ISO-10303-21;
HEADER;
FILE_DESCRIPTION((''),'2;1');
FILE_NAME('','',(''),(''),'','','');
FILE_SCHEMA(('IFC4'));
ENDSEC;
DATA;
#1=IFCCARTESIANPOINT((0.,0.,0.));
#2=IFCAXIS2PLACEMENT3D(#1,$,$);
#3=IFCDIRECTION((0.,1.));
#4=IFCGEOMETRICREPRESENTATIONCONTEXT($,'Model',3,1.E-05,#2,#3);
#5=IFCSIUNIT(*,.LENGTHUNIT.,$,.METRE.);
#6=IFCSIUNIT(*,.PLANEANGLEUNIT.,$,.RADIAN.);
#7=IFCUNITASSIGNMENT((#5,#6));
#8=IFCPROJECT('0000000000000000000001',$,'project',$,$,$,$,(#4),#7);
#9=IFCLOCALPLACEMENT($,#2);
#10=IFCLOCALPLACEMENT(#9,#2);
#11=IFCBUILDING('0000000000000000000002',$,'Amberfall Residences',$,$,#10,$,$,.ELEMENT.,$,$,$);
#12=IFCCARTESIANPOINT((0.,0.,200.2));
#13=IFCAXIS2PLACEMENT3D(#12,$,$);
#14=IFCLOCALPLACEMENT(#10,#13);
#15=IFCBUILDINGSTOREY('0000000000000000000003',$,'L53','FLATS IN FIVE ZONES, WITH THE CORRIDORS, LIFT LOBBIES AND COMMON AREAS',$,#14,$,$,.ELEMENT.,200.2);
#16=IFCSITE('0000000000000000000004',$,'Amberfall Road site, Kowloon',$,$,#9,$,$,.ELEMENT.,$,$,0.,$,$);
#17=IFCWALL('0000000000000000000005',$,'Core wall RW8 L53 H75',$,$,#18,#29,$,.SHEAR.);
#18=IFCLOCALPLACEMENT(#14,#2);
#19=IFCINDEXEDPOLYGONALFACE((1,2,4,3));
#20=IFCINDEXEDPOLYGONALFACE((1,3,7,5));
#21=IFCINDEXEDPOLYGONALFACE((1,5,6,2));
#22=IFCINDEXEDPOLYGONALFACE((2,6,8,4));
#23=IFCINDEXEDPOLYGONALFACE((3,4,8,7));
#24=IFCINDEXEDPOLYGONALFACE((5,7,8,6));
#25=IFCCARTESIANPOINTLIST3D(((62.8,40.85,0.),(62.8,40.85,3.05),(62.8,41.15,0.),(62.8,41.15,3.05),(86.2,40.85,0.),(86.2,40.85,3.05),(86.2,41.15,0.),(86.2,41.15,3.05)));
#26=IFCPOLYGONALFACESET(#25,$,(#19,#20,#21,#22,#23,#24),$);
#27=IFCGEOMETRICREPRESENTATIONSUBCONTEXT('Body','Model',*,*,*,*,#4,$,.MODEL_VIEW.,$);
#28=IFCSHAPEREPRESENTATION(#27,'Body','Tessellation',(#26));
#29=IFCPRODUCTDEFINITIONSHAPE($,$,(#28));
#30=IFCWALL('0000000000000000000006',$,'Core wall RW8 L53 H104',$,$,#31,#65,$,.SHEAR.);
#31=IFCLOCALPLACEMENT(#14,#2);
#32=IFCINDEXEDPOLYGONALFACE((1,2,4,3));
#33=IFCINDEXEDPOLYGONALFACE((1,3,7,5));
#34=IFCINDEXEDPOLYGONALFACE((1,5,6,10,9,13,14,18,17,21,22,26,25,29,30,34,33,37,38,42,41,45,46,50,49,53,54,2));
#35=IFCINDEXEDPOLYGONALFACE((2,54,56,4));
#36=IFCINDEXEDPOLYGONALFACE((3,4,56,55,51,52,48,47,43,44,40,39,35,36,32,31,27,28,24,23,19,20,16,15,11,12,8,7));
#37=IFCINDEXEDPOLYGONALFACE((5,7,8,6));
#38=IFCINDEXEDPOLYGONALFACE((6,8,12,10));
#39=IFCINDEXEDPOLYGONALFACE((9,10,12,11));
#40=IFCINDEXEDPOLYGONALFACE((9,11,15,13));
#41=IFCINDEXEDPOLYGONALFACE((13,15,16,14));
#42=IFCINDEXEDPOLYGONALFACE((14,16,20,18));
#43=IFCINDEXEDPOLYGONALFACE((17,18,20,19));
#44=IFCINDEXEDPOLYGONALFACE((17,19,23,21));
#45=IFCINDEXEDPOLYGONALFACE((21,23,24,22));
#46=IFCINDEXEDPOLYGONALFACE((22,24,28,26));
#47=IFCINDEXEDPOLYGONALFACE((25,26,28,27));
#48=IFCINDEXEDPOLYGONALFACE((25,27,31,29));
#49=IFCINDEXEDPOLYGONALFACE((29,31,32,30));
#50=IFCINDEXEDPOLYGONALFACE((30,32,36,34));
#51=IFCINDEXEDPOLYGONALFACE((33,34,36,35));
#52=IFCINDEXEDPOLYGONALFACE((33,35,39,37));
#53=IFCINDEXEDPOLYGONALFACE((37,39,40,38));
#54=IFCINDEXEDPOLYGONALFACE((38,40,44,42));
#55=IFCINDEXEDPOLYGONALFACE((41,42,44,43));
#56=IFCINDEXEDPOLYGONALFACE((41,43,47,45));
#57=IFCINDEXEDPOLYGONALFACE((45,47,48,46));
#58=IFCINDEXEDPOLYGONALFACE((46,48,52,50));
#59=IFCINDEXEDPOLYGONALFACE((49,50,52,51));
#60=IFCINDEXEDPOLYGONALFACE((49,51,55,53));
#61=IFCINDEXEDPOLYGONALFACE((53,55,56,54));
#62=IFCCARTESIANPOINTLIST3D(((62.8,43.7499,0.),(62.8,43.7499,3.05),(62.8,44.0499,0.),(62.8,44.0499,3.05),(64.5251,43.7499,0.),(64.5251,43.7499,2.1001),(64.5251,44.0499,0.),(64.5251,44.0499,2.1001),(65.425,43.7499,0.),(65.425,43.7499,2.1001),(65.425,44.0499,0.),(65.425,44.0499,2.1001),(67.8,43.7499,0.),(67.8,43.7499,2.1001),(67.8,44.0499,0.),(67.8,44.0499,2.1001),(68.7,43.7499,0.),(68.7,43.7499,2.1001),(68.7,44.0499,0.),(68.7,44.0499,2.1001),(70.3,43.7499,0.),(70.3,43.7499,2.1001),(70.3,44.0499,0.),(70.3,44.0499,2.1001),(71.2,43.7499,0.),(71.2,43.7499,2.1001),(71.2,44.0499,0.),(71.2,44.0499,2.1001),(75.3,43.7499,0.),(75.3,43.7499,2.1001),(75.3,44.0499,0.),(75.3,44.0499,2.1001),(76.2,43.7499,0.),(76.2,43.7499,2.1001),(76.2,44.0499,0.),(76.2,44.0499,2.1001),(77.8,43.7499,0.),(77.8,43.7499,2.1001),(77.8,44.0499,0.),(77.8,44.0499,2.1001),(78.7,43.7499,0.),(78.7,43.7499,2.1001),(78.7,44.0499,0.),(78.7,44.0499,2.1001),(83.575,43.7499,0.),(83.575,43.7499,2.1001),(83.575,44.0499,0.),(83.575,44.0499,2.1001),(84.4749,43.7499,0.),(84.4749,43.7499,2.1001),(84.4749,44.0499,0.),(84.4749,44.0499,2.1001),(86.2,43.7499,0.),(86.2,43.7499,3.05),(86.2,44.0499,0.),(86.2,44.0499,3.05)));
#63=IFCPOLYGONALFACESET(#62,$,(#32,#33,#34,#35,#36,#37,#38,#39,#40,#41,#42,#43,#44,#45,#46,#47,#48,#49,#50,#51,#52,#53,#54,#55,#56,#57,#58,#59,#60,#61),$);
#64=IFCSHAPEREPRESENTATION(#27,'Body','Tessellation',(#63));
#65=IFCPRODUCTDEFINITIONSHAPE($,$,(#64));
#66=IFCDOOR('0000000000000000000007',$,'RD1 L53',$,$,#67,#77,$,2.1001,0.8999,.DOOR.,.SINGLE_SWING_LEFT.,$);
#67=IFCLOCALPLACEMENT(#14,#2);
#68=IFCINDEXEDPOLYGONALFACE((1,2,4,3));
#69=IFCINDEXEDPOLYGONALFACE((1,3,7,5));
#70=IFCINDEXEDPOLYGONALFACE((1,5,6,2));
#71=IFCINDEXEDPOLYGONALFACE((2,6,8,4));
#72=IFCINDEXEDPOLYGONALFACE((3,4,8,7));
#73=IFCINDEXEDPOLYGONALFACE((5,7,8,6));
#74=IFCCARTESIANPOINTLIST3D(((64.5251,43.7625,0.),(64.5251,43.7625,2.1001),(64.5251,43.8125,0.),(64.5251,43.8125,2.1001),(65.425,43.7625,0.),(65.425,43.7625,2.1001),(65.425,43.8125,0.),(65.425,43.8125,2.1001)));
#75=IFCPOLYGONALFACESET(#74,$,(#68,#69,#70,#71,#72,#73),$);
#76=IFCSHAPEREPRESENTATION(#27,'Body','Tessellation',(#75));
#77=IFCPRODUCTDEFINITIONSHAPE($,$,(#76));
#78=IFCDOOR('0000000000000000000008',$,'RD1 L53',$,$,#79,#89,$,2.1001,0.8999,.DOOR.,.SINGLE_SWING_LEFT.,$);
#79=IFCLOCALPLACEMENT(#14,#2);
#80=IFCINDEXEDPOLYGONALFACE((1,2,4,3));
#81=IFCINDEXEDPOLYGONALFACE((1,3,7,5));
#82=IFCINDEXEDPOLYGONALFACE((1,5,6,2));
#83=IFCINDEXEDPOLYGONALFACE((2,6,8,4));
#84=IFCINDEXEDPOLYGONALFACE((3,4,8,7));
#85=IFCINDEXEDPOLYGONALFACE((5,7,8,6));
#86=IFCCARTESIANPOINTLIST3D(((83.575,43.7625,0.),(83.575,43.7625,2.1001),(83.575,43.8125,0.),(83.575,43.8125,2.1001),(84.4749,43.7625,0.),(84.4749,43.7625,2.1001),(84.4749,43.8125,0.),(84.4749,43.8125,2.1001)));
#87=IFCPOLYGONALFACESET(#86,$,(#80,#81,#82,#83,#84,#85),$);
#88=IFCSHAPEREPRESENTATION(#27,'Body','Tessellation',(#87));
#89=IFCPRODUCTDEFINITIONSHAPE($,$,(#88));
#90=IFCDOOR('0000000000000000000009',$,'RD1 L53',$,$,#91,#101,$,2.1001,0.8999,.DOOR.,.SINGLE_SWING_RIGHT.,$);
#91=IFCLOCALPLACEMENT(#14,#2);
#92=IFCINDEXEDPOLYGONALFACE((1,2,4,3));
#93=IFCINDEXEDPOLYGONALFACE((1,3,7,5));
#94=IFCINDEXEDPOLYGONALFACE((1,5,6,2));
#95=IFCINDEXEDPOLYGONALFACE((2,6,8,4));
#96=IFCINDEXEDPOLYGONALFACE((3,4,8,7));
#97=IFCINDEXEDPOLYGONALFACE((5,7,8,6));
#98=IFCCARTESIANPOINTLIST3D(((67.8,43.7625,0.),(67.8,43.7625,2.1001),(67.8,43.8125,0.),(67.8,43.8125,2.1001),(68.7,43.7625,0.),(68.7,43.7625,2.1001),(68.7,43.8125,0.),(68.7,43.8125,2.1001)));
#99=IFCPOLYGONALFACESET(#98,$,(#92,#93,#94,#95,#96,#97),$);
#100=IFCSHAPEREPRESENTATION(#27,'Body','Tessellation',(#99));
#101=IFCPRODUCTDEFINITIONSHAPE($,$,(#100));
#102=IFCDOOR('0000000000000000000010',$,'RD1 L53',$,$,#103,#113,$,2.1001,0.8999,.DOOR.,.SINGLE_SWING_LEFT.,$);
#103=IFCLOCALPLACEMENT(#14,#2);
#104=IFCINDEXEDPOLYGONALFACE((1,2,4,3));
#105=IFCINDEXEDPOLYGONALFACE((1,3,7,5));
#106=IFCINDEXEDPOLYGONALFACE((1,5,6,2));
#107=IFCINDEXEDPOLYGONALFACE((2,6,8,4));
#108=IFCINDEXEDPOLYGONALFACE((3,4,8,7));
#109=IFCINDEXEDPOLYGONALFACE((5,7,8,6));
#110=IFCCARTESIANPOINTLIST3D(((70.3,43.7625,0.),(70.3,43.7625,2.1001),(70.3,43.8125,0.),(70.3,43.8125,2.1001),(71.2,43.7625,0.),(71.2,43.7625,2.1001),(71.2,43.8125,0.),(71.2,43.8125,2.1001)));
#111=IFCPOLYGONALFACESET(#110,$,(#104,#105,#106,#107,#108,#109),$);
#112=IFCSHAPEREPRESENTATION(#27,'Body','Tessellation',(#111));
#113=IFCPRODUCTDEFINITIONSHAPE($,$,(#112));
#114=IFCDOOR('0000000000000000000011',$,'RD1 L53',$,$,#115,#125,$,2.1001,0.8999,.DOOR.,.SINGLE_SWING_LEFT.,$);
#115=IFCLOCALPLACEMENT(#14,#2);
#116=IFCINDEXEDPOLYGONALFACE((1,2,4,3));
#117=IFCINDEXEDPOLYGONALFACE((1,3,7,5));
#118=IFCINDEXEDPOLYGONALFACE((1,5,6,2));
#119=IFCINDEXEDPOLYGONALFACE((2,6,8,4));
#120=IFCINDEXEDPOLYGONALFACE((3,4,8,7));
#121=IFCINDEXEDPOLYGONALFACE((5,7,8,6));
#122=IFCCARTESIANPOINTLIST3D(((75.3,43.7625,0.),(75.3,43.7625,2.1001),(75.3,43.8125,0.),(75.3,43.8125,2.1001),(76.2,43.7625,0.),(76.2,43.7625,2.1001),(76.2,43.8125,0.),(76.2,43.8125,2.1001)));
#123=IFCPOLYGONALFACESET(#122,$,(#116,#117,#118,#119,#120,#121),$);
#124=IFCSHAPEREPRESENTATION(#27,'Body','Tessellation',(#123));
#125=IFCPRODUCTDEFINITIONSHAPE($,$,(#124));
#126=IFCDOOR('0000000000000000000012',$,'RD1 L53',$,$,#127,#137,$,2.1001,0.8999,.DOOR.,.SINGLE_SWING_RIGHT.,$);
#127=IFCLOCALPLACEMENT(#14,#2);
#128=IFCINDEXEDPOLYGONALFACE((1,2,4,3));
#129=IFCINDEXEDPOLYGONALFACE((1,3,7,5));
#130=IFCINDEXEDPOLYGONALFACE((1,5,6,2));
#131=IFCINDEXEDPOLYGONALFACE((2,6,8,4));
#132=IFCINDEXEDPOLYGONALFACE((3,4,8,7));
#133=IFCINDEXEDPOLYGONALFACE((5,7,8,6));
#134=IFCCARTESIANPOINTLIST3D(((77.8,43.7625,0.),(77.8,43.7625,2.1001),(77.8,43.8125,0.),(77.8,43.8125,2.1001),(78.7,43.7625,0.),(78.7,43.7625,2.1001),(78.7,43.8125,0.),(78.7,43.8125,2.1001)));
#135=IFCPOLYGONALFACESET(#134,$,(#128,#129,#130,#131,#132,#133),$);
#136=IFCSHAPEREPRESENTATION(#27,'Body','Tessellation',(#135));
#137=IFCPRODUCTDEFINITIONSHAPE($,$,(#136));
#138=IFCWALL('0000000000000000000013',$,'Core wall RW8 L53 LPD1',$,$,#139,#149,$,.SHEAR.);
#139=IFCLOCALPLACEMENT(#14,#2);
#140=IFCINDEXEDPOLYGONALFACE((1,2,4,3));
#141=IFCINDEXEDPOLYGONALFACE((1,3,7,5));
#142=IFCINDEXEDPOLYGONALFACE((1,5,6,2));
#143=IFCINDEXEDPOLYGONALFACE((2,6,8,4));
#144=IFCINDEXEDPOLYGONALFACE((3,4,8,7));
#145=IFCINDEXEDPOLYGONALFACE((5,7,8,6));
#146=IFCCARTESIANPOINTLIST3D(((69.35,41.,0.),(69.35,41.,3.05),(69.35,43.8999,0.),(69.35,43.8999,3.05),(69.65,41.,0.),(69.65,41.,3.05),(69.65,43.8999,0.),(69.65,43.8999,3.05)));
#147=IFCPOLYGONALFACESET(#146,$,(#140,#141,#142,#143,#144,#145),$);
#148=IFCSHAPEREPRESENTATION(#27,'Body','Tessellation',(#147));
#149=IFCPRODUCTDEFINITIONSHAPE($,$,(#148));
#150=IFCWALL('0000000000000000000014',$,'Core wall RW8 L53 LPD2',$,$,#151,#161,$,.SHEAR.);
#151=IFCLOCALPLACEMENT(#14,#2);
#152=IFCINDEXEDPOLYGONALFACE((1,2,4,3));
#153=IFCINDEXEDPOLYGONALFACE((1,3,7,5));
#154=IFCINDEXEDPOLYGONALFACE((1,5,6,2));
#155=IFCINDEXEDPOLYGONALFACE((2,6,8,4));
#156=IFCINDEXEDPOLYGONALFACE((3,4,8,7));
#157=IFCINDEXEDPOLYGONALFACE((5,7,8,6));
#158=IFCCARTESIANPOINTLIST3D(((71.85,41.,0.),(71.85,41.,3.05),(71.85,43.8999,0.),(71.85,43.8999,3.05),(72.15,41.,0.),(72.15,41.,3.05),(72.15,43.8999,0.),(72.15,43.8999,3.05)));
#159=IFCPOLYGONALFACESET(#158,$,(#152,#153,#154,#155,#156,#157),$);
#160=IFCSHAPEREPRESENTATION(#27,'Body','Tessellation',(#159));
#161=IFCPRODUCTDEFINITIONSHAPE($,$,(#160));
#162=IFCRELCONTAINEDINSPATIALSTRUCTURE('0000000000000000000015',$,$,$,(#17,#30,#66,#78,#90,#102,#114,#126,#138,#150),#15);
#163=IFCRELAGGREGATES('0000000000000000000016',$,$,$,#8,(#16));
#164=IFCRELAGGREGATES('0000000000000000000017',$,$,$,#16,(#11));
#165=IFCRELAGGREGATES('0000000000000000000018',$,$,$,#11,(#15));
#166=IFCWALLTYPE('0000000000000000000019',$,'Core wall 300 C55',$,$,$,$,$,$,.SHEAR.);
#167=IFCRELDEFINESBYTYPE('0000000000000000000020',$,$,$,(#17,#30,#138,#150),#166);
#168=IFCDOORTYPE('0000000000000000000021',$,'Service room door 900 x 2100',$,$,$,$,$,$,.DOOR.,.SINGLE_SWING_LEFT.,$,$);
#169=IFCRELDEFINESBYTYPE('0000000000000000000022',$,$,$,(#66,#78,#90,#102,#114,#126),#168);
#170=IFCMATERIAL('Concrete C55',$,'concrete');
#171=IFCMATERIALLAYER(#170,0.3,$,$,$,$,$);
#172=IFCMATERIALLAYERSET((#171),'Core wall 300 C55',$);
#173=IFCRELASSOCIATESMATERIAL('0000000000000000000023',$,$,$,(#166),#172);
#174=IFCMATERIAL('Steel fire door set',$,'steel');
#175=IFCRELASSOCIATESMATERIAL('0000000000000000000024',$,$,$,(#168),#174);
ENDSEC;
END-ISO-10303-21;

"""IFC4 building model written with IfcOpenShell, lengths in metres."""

from ifc_helpers import new_model, si_unit, direction, frame, frame_2d, origin, place, context, subcontext, project, spatial, rectangle, extrude, material, layer, layer_set, type_object, element, fill, save


model = new_model("IFC4")

# Units and contexts
model_context = context("Model", 3, precision=1e-05, world=origin(), true_north=direction((0.0, 1.0)))
body_context = subcontext(model_context, "Body", "Model", "MODEL_VIEW")
ifc_project = project(units=[si_unit("LENGTHUNIT", "METRE"), si_unit("PLANEANGLEUNIT", "RADIAN")], contexts=[model_context])

# Site, building, storey
site_placement = place(None, origin())
site = spatial("IfcSite", under=ifc_project, at=site_placement, Name="Amberfall Road site, Kowloon", CompositionType="ELEMENT", RefElevation=0.0)
building_placement = place(site_placement, origin())
building = spatial("IfcBuilding", under=site, at=building_placement, Name="Amberfall Residences", CompositionType="ELEMENT")
storey_placement = place(building_placement, frame((0.0, 0.0, 200.2)))
storey = spatial("IfcBuildingStorey", under=building, at=storey_placement, Name="L53", Description="FLATS IN FIVE ZONES, WITH THE CORRIDORS, LIFT LOBBIES AND COMMON AREAS", CompositionType="ELEMENT", Elevation=200.2)

# Wall
ifc_material_1 = material(Name="Concrete C55", Category="concrete")
ifc_layer_1 = layer(ifc_material_1, 0.3)
ifc_layer_set_1 = layer_set([ifc_layer_1], Name="Core wall 300 C55")
wall_type_1 = type_object("IfcWallType", Name="Core wall 300 C55", PredefinedType="SHEAR", material=ifc_layer_set_1)
wall_1_placement = place(storey_placement, frame((62.8, 41.0, 0.0), z_axis=(0.0, 0.0, 1.0), x_axis=(1.0, 0.0, 0.0)))
element("IfcWall", 1, at=wall_1_placement, inside=storey, type_object=wall_type_1, Name="Core wall RW8 L53 H75", PredefinedType="SHEAR", context=body_context, shape_type="SweptSolid", body=[
    extrude(rectangle(XDim=23.3999, YDim=0.3, at=frame_2d((11.7, 0.0))), origin(), (0.0, 0.0, 1.0), 3.05),
])

# Wall, openings, doors
wall_2_placement = place(storey_placement, frame((62.8, 43.8999, 0.0), z_axis=(0.0, 0.0, 1.0), x_axis=(1.0, 0.0, 0.0)))
wall_2 = element("IfcWall", 2, at=wall_2_placement, inside=storey, type_object=wall_type_1, Name="Core wall RW8 L53 H104", PredefinedType="SHEAR", context=body_context, shape_type="SweptSolid", body=[
    extrude(rectangle(XDim=23.3999, YDim=0.3, at=frame_2d((11.7, 0.0))), origin(), (0.0, 0.0, 1.0), 3.05),
])
opening_1_placement = place(wall_2_placement, frame((1.7251, 0.0, 0.0)))
opening_1 = element("IfcOpeningElement", 3, at=opening_1_placement, cuts=wall_2, PredefinedType="OPENING", context=body_context, shape_type="SweptSolid", body=[
    extrude(rectangle(XDim=0.8999, YDim=2.1001, at=frame_2d((0.45, 1.05))), frame((0.0, 0.1599, 0.0), z_axis=(0.0, -1.0, 0.0), x_axis=(1.0, 0.0, 0.0)), (0.0, 0.0, 1.0), 0.3201),
])
opening_2_placement = place(wall_2_placement, frame((20.7749, 0.0, 0.0)))
opening_2 = element("IfcOpeningElement", 4, at=opening_2_placement, cuts=wall_2, PredefinedType="OPENING", context=body_context, shape_type="SweptSolid", body=[
    extrude(rectangle(XDim=0.8999, YDim=2.1001, at=frame_2d((0.45, 1.05))), frame((0.0, 0.1599, 0.0), z_axis=(0.0, -1.0, 0.0), x_axis=(1.0, 0.0, 0.0)), (0.0, 0.0, 1.0), 0.3201),
])
opening_3_placement = place(wall_2_placement, frame((5.0, 0.0, 0.0)))
opening_3 = element("IfcOpeningElement", 5, at=opening_3_placement, cuts=wall_2, PredefinedType="OPENING", context=body_context, shape_type="SweptSolid", body=[
    extrude(rectangle(XDim=0.8999, YDim=2.1001, at=frame_2d((0.45, 1.05))), frame((0.0, 0.1599, 0.0), z_axis=(0.0, -1.0, 0.0), x_axis=(1.0, 0.0, 0.0)), (0.0, 0.0, 1.0), 0.3201),
])
opening_4_placement = place(wall_2_placement, frame((7.5, 0.0, 0.0)))
opening_4 = element("IfcOpeningElement", 6, at=opening_4_placement, cuts=wall_2, PredefinedType="OPENING", context=body_context, shape_type="SweptSolid", body=[
    extrude(rectangle(XDim=0.8999, YDim=2.1001, at=frame_2d((0.45, 1.05))), frame((0.0, 0.1599, 0.0), z_axis=(0.0, -1.0, 0.0), x_axis=(1.0, 0.0, 0.0)), (0.0, 0.0, 1.0), 0.3201),
])
opening_5_placement = place(wall_2_placement, frame((12.5, 0.0, 0.0)))
opening_5 = element("IfcOpeningElement", 7, at=opening_5_placement, cuts=wall_2, PredefinedType="OPENING", context=body_context, shape_type="SweptSolid", body=[
    extrude(rectangle(XDim=0.8999, YDim=2.1001, at=frame_2d((0.45, 1.05))), frame((0.0, 0.1599, 0.0), z_axis=(0.0, -1.0, 0.0), x_axis=(1.0, 0.0, 0.0)), (0.0, 0.0, 1.0), 0.3201),
])
opening_6_placement = place(wall_2_placement, frame((15.0, 0.0, 0.0)))
opening_6 = element("IfcOpeningElement", 8, at=opening_6_placement, cuts=wall_2, PredefinedType="OPENING", context=body_context, shape_type="SweptSolid", body=[
    extrude(rectangle(XDim=0.8999, YDim=2.1001, at=frame_2d((0.45, 1.05))), frame((0.0, 0.1599, 0.0), z_axis=(0.0, -1.0, 0.0), x_axis=(1.0, 0.0, 0.0)), (0.0, 0.0, 1.0), 0.3201),
])
ifc_material_2 = material(Name="Steel fire door set", Category="steel")
door_type_1 = type_object("IfcDoorType", Name="Service room door 900 x 2100", OperationType="SINGLE_SWING_LEFT", PredefinedType="DOOR", material=ifc_material_2)
door_1_placement = place(opening_1_placement, origin())
door_1 = element("IfcDoor", 9, at=door_1_placement, inside=storey, type_object=door_type_1, Name="RD1 L53", OperationType="SINGLE_SWING_LEFT", OverallHeight=2.1001, OverallWidth=0.8999, PredefinedType="DOOR", context=body_context, shape_type="SweptSolid", body=[
    extrude(rectangle(XDim=0.8999, YDim=2.1001, at=frame_2d((0.45, 1.05))), frame((0.0, -0.0874, 0.0), z_axis=(0.0, -1.0, 0.0), x_axis=(1.0, 0.0, 0.0)), (0.0, 0.0, 1.0), 0.05),
])
fill(opening_1, door_1)
door_2_placement = place(opening_2_placement, origin())
door_2 = element("IfcDoor", 10, at=door_2_placement, inside=storey, type_object=door_type_1, Name="RD1 L53", OperationType="SINGLE_SWING_LEFT", OverallHeight=2.1001, OverallWidth=0.8999, PredefinedType="DOOR", context=body_context, shape_type="SweptSolid", body=[
    extrude(rectangle(XDim=0.8999, YDim=2.1001, at=frame_2d((0.45, 1.05))), frame((0.0, -0.0874, 0.0), z_axis=(0.0, -1.0, 0.0), x_axis=(1.0, 0.0, 0.0)), (0.0, 0.0, 1.0), 0.05),
])
fill(opening_2, door_2)
door_3_placement = place(opening_3_placement, origin())
door_3 = element("IfcDoor", 11, at=door_3_placement, inside=storey, type_object=door_type_1, Name="RD1 L53", OperationType="SINGLE_SWING_RIGHT", OverallHeight=2.1001, OverallWidth=0.8999, PredefinedType="DOOR", context=body_context, shape_type="SweptSolid", body=[
    extrude(rectangle(XDim=0.8999, YDim=2.1001, at=frame_2d((0.45, 1.05))), frame((0.0, -0.0874, 0.0), z_axis=(0.0, -1.0, 0.0), x_axis=(1.0, 0.0, 0.0)), (0.0, 0.0, 1.0), 0.05),
])
fill(opening_3, door_3)
door_4_placement = place(opening_4_placement, origin())
door_4 = element("IfcDoor", 12, at=door_4_placement, inside=storey, type_object=door_type_1, Name="RD1 L53", OperationType="SINGLE_SWING_LEFT", OverallHeight=2.1001, OverallWidth=0.8999, PredefinedType="DOOR", context=body_context, shape_type="SweptSolid", body=[
    extrude(rectangle(XDim=0.8999, YDim=2.1001, at=frame_2d((0.45, 1.05))), frame((0.0, -0.0874, 0.0), z_axis=(0.0, -1.0, 0.0), x_axis=(1.0, 0.0, 0.0)), (0.0, 0.0, 1.0), 0.05),
])
fill(opening_4, door_4)
door_5_placement = place(opening_5_placement, origin())
door_5 = element("IfcDoor", 13, at=door_5_placement, inside=storey, type_object=door_type_1, Name="RD1 L53", OperationType="SINGLE_SWING_LEFT", OverallHeight=2.1001, OverallWidth=0.8999, PredefinedType="DOOR", context=body_context, shape_type="SweptSolid", body=[
    extrude(rectangle(XDim=0.8999, YDim=2.1001, at=frame_2d((0.45, 1.05))), frame((0.0, -0.0874, 0.0), z_axis=(0.0, -1.0, 0.0), x_axis=(1.0, 0.0, 0.0)), (0.0, 0.0, 1.0), 0.05),
])
fill(opening_5, door_5)
door_6_placement = place(opening_6_placement, origin())
door_6 = element("IfcDoor", 14, at=door_6_placement, inside=storey, type_object=door_type_1, Name="RD1 L53", OperationType="SINGLE_SWING_RIGHT", OverallHeight=2.1001, OverallWidth=0.8999, PredefinedType="DOOR", context=body_context, shape_type="SweptSolid", body=[
    extrude(rectangle(XDim=0.8999, YDim=2.1001, at=frame_2d((0.45, 1.05))), frame((0.0, -0.0874, 0.0), z_axis=(0.0, -1.0, 0.0), x_axis=(1.0, 0.0, 0.0)), (0.0, 0.0, 1.0), 0.05),
])
fill(opening_6, door_6)

# Walls
for number, where, z_axis, x_axis, name in (
    (15, (69.5, 41.0, 0.0), (0.0, 0.0, 1.0), (0.0, 1.0, 0.0), "Core wall RW8 L53 LPD1"),
    (16, (72.0, 41.0, 0.0), (0.0, 0.0, 1.0), (0.0, 1.0, 0.0), "Core wall RW8 L53 LPD2"),
):
    element("IfcWall", number, at=place(storey_placement, frame(where, z_axis=z_axis, x_axis=x_axis)), inside=storey, type_object=wall_type_1, Name=name, PredefinedType="SHEAR", context=body_context, shape_type="SweptSolid", body=[
        extrude(rectangle(XDim=2.8999, YDim=0.3, at=frame_2d((1.45, 0.0))), origin(), (0.0, 0.0, 1.0), 3.05),
    ])

save(model, "model.ifc")
